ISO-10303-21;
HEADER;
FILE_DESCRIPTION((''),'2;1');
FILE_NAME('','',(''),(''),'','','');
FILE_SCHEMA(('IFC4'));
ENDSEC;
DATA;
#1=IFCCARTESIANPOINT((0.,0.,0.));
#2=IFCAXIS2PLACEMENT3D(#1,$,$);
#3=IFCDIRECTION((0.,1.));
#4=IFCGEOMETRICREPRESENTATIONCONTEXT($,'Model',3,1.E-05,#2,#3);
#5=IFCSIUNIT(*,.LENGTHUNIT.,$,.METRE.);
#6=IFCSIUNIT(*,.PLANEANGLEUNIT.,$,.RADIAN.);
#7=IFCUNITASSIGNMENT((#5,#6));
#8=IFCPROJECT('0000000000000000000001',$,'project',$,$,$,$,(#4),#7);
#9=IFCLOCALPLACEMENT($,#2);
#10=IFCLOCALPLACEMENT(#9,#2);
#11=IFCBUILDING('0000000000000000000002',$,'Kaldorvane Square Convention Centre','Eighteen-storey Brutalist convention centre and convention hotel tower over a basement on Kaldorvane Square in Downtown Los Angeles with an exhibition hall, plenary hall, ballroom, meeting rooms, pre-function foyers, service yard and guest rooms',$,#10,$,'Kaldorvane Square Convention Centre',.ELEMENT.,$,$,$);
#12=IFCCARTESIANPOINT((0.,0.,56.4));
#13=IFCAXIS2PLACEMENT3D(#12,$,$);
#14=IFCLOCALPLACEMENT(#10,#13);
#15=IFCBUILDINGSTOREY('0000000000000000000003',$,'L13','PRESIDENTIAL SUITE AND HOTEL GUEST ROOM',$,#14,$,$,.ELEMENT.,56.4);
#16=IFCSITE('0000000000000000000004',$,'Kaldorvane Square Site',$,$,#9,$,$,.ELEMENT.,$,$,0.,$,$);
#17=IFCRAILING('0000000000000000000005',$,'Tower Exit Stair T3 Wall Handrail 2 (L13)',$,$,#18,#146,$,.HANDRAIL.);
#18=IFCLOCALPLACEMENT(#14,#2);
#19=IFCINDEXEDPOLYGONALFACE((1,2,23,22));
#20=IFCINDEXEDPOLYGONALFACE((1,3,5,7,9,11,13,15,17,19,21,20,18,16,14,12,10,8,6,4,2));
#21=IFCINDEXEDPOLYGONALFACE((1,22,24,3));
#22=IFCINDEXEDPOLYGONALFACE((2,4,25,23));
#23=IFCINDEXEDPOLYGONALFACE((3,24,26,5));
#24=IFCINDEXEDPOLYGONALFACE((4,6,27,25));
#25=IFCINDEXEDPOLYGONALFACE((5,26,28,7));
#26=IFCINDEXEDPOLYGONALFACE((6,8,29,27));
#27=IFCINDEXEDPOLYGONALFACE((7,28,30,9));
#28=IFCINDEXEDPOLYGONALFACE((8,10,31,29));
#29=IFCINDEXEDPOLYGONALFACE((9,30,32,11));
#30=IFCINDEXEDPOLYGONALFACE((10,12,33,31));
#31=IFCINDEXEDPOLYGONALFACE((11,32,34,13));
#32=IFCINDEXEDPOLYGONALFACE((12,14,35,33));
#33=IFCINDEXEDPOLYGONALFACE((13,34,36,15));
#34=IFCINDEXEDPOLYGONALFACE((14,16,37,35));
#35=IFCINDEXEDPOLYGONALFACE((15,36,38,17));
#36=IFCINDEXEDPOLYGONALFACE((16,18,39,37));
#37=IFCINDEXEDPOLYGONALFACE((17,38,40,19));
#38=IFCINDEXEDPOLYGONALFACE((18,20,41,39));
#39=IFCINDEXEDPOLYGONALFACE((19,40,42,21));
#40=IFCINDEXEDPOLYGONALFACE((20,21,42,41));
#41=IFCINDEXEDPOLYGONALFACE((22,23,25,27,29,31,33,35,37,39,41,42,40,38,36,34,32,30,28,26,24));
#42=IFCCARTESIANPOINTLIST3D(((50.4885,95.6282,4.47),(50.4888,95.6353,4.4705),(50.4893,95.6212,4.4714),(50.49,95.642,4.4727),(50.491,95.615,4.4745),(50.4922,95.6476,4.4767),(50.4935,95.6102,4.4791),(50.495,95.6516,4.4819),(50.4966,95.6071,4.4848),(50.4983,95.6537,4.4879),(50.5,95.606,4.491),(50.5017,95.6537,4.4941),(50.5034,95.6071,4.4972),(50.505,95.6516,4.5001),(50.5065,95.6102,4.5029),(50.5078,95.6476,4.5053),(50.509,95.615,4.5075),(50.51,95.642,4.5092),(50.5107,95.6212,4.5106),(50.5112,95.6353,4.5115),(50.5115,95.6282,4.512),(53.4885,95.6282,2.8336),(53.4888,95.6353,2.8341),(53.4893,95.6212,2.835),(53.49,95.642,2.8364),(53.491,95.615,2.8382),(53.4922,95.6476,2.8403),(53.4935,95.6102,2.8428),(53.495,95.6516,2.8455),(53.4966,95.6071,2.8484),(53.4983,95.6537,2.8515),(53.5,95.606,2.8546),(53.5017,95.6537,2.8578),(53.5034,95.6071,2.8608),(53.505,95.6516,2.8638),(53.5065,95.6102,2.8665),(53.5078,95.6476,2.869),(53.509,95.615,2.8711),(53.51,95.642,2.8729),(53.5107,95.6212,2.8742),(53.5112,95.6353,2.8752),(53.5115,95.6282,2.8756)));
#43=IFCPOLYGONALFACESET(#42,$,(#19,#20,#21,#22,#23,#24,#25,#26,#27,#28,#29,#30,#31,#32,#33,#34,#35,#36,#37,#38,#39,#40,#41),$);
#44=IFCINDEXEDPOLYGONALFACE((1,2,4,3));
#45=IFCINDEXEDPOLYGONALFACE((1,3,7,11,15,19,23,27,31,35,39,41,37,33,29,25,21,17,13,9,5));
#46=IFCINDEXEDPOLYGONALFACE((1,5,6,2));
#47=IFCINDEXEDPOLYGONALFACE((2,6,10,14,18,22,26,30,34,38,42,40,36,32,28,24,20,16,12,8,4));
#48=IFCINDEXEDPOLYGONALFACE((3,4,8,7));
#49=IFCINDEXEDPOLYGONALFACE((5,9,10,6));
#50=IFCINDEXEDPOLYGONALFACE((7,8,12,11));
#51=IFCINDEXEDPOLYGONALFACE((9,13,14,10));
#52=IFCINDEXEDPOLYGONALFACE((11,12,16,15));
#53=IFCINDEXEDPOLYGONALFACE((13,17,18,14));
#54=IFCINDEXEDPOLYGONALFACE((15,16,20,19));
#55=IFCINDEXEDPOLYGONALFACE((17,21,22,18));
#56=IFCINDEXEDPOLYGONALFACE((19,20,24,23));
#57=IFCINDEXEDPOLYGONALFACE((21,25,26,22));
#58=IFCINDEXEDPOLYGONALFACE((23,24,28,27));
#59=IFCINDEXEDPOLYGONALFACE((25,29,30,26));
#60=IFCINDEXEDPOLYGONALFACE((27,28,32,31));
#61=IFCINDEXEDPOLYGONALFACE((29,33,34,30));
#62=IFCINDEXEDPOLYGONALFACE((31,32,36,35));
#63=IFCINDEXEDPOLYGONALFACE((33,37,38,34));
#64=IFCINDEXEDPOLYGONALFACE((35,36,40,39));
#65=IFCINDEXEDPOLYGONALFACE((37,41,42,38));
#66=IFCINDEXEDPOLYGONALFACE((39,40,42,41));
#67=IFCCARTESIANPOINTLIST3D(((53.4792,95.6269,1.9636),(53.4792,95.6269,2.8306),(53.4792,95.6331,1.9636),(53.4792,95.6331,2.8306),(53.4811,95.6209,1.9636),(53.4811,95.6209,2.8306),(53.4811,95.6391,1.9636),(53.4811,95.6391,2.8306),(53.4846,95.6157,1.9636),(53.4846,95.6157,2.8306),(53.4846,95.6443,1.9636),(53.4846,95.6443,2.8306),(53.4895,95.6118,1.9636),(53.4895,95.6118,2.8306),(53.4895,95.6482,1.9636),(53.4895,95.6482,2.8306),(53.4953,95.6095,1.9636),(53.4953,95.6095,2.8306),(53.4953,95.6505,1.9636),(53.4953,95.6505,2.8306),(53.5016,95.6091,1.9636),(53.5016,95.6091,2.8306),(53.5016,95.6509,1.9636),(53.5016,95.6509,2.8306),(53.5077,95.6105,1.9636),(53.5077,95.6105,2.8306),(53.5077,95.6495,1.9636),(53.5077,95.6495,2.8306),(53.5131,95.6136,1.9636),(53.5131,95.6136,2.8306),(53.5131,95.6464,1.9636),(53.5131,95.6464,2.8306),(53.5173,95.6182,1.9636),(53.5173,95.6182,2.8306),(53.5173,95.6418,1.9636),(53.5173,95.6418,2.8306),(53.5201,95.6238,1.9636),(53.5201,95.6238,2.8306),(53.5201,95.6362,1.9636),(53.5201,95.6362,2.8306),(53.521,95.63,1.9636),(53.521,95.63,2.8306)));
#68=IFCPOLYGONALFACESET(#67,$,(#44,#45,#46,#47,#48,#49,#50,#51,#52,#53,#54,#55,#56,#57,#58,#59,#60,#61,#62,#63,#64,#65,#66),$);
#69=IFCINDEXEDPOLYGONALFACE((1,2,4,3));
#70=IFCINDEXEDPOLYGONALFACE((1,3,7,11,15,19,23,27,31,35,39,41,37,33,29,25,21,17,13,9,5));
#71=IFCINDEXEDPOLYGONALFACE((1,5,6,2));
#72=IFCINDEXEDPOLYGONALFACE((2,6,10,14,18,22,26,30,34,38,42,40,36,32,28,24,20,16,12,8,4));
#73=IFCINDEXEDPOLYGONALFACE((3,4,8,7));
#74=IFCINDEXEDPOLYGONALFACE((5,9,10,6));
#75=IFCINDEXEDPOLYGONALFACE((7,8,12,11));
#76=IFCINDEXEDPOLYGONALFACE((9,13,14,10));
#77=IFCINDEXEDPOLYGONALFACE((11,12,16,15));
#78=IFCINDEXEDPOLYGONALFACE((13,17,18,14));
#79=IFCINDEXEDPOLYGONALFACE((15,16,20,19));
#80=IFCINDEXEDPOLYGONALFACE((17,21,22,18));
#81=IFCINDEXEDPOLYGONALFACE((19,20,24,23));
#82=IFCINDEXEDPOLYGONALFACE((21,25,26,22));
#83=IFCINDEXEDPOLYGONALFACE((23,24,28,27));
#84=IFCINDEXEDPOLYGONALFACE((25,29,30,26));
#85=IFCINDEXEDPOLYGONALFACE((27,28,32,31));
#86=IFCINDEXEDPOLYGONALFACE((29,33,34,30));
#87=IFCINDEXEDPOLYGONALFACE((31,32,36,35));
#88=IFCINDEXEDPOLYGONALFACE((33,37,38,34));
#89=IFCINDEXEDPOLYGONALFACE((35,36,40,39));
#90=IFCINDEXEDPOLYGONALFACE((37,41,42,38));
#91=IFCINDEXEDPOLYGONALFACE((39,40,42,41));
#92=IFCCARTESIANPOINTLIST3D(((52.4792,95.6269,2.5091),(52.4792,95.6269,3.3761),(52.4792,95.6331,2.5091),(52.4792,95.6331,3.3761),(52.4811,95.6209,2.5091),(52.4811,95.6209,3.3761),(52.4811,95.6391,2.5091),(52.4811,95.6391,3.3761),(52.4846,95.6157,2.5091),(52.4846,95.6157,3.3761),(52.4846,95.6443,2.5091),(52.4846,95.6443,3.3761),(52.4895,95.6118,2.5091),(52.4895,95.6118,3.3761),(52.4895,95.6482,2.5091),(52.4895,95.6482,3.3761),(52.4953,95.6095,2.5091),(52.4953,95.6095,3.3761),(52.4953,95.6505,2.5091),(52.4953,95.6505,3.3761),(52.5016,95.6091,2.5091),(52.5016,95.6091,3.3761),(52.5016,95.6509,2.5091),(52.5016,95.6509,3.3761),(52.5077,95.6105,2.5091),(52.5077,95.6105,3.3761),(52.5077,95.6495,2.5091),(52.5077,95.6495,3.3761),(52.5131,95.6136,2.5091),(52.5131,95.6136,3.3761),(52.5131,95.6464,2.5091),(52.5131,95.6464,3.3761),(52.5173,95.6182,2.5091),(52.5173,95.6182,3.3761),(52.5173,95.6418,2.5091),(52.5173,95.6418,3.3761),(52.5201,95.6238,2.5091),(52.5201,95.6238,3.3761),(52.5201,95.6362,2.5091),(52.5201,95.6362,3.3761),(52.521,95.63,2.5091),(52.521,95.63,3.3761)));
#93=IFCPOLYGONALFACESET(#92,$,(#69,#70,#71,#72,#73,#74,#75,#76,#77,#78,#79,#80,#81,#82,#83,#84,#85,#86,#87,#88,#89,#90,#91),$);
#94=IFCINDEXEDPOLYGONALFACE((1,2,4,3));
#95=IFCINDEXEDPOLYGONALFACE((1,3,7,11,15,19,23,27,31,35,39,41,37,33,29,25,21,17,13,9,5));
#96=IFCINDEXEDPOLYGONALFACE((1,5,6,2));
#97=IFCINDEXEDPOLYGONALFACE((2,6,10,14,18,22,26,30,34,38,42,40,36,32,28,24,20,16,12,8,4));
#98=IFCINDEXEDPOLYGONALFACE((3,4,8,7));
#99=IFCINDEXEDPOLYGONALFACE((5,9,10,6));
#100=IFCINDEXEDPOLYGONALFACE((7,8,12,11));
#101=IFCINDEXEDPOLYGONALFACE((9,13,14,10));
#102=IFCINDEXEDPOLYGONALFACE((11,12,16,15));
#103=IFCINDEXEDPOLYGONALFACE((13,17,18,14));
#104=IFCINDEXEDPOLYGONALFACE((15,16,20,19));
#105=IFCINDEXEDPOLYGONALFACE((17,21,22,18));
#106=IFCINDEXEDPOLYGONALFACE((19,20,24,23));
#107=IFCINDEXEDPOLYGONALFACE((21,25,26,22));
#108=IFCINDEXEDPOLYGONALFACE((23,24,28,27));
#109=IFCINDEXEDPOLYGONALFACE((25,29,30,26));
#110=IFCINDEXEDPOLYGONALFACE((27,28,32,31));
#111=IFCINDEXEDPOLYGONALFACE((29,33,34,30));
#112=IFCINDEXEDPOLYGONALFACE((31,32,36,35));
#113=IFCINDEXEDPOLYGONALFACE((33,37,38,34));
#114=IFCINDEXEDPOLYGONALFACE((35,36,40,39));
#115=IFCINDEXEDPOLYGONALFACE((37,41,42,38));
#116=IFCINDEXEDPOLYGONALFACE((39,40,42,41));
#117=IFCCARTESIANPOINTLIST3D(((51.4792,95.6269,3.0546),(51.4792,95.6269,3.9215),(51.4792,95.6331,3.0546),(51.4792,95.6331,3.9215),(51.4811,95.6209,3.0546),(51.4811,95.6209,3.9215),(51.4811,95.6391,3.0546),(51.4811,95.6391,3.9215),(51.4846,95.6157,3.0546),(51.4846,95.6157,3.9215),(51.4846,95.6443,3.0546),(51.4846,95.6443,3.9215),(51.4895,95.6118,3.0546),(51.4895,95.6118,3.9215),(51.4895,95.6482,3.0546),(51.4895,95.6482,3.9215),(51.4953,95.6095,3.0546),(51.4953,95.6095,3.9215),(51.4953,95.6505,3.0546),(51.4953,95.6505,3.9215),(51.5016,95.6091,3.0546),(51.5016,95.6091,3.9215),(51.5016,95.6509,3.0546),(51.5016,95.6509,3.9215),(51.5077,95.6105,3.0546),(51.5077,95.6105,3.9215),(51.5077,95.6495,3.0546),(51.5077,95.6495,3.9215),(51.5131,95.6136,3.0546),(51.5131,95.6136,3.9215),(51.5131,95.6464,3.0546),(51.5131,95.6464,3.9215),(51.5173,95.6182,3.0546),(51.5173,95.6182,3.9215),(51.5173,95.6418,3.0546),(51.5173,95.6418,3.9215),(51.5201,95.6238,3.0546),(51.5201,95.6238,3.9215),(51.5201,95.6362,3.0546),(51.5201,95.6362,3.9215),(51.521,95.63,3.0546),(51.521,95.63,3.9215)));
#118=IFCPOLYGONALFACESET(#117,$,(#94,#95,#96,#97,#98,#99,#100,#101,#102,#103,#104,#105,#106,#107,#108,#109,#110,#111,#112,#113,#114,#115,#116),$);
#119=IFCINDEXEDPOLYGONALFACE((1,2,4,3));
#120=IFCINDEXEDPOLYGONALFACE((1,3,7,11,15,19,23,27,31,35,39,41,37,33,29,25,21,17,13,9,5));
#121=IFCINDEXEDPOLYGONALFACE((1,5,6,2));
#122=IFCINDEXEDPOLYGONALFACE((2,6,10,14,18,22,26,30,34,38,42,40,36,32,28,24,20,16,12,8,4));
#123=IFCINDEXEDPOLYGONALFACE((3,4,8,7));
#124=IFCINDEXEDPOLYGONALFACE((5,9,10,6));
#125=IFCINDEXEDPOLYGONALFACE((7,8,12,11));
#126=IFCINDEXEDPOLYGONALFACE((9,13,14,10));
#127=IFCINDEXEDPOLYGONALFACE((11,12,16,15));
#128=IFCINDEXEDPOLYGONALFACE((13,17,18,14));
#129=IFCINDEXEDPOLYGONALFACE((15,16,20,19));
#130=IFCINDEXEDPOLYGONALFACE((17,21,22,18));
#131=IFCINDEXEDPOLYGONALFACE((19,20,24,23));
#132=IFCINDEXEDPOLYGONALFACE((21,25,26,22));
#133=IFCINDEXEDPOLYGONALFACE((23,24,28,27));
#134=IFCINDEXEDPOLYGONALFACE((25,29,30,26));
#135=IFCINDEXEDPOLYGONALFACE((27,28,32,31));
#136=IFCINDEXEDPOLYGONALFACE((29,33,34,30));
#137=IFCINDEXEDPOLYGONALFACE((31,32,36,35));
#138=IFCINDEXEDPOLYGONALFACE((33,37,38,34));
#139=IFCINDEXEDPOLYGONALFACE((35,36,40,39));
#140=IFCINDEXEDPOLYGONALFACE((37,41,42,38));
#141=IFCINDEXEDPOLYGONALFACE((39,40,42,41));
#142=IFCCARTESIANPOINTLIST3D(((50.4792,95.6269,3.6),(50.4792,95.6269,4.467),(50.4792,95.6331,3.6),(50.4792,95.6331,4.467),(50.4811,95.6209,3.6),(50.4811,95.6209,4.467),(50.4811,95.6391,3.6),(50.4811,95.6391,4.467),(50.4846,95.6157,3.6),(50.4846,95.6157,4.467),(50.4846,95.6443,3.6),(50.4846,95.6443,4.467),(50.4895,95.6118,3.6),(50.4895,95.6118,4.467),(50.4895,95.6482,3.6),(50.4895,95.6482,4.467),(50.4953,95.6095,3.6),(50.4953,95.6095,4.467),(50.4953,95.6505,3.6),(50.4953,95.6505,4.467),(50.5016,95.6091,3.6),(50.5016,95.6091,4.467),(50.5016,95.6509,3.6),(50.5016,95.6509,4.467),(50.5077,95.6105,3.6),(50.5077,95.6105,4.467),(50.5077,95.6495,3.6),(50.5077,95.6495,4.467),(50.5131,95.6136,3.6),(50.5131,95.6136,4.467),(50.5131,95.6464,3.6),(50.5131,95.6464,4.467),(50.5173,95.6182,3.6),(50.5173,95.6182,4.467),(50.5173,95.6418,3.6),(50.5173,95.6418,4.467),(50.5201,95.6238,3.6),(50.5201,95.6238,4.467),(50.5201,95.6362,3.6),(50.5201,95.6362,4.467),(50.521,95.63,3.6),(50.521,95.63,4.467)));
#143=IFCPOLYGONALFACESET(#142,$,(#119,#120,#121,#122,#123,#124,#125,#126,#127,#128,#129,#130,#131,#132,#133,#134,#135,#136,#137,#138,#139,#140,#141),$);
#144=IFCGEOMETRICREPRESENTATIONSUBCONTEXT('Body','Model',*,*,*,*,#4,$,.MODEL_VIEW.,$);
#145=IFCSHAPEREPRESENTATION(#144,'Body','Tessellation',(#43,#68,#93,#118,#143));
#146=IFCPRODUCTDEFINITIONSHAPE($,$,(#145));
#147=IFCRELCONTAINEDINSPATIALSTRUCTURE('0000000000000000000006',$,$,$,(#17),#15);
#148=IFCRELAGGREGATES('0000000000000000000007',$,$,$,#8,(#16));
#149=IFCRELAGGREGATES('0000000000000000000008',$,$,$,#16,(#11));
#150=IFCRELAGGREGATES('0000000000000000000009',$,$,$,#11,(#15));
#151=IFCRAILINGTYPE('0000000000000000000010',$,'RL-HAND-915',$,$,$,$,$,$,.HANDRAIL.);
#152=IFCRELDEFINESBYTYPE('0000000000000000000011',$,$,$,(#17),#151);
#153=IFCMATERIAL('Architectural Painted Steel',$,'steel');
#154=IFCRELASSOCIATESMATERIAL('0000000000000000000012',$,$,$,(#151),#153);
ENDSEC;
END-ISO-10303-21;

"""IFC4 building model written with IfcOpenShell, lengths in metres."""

from ifc_helpers import new_model, si_unit, direction, frame, origin, origin_2d, place, context, subcontext, project, spatial, circle, extrude, material, type_object, element, save


model = new_model("IFC4")

# Units and contexts
model_context = context("Model", 3, precision=1e-05, world=origin(), true_north=direction((0.0, 1.0)))
body_context = subcontext(model_context, "Body", "Model", "MODEL_VIEW")
ifc_project = project(units=[si_unit("LENGTHUNIT", "METRE"), si_unit("PLANEANGLEUNIT", "RADIAN")], contexts=[model_context])

# Site, building, storey
site_placement = place(None, origin())
site = spatial("IfcSite", under=ifc_project, at=site_placement, Name="Kaldorvane Square Site", CompositionType="ELEMENT", RefElevation=0.0)
building_placement = place(site_placement, origin())
building = spatial("IfcBuilding", under=site, at=building_placement, Name="Kaldorvane Square Convention Centre", Description="Eighteen-storey Brutalist convention centre and convention hotel tower over a basement on Kaldorvane Square in Downtown Los Angeles with an exhibition hall, plenary hall, ballroom, meeting rooms, pre-function foyers, service yard and guest rooms", LongName="Kaldorvane Square Convention Centre", CompositionType="ELEMENT")
storey_placement = place(building_placement, frame((0.0, 0.0, 56.4)))
storey = spatial("IfcBuildingStorey", under=building, at=storey_placement, Name="L13", Description="PRESIDENTIAL SUITE AND HOTEL GUEST ROOM", CompositionType="ELEMENT", Elevation=56.4)

# Railing
ifc_material_1 = material(Name="Architectural Painted Steel", Category="steel")
railing_type_1 = type_object("IfcRailingType", Name="RL-HAND-915", PredefinedType="HANDRAIL", material=ifc_material_1)
railing_1_placement = place(storey_placement, frame((53.5, 95.63, 1.9636)))
element("IfcRailing", 1, at=railing_1_placement, inside=storey, type_object=railing_type_1, Name="Tower Exit Stair T3 Wall Handrail 2 (L13)", PredefinedType="HANDRAIL", context=body_context, shape_type="SweptSolid", body=[
    extrude(circle(Radius=0.024, at=origin_2d()), frame((0.0, 0.0, 0.891), z_axis=(-0.877895, 0.0, 0.478853), x_axis=(0.0, -1.0, 0.0)), (0.0, 0.0, 1.0), 3.4173),
    extrude(circle(Radius=0.021, at=origin_2d()), origin(), (0.0, 0.0, 1.0), 0.867),
    extrude(circle(Radius=0.021, at=origin_2d()), frame((-1.0, 0.0, 0.5455)), (0.0, 0.0, 1.0), 0.867),
    extrude(circle(Radius=0.021, at=origin_2d()), frame((-2.0, 0.0, 1.0909)), (0.0, 0.0, 1.0), 0.867),
    extrude(circle(Radius=0.021, at=origin_2d()), frame((-3.0, 0.0, 1.6364)), (0.0, 0.0, 1.0), 0.867),
])

save(model, "model.ifc")
